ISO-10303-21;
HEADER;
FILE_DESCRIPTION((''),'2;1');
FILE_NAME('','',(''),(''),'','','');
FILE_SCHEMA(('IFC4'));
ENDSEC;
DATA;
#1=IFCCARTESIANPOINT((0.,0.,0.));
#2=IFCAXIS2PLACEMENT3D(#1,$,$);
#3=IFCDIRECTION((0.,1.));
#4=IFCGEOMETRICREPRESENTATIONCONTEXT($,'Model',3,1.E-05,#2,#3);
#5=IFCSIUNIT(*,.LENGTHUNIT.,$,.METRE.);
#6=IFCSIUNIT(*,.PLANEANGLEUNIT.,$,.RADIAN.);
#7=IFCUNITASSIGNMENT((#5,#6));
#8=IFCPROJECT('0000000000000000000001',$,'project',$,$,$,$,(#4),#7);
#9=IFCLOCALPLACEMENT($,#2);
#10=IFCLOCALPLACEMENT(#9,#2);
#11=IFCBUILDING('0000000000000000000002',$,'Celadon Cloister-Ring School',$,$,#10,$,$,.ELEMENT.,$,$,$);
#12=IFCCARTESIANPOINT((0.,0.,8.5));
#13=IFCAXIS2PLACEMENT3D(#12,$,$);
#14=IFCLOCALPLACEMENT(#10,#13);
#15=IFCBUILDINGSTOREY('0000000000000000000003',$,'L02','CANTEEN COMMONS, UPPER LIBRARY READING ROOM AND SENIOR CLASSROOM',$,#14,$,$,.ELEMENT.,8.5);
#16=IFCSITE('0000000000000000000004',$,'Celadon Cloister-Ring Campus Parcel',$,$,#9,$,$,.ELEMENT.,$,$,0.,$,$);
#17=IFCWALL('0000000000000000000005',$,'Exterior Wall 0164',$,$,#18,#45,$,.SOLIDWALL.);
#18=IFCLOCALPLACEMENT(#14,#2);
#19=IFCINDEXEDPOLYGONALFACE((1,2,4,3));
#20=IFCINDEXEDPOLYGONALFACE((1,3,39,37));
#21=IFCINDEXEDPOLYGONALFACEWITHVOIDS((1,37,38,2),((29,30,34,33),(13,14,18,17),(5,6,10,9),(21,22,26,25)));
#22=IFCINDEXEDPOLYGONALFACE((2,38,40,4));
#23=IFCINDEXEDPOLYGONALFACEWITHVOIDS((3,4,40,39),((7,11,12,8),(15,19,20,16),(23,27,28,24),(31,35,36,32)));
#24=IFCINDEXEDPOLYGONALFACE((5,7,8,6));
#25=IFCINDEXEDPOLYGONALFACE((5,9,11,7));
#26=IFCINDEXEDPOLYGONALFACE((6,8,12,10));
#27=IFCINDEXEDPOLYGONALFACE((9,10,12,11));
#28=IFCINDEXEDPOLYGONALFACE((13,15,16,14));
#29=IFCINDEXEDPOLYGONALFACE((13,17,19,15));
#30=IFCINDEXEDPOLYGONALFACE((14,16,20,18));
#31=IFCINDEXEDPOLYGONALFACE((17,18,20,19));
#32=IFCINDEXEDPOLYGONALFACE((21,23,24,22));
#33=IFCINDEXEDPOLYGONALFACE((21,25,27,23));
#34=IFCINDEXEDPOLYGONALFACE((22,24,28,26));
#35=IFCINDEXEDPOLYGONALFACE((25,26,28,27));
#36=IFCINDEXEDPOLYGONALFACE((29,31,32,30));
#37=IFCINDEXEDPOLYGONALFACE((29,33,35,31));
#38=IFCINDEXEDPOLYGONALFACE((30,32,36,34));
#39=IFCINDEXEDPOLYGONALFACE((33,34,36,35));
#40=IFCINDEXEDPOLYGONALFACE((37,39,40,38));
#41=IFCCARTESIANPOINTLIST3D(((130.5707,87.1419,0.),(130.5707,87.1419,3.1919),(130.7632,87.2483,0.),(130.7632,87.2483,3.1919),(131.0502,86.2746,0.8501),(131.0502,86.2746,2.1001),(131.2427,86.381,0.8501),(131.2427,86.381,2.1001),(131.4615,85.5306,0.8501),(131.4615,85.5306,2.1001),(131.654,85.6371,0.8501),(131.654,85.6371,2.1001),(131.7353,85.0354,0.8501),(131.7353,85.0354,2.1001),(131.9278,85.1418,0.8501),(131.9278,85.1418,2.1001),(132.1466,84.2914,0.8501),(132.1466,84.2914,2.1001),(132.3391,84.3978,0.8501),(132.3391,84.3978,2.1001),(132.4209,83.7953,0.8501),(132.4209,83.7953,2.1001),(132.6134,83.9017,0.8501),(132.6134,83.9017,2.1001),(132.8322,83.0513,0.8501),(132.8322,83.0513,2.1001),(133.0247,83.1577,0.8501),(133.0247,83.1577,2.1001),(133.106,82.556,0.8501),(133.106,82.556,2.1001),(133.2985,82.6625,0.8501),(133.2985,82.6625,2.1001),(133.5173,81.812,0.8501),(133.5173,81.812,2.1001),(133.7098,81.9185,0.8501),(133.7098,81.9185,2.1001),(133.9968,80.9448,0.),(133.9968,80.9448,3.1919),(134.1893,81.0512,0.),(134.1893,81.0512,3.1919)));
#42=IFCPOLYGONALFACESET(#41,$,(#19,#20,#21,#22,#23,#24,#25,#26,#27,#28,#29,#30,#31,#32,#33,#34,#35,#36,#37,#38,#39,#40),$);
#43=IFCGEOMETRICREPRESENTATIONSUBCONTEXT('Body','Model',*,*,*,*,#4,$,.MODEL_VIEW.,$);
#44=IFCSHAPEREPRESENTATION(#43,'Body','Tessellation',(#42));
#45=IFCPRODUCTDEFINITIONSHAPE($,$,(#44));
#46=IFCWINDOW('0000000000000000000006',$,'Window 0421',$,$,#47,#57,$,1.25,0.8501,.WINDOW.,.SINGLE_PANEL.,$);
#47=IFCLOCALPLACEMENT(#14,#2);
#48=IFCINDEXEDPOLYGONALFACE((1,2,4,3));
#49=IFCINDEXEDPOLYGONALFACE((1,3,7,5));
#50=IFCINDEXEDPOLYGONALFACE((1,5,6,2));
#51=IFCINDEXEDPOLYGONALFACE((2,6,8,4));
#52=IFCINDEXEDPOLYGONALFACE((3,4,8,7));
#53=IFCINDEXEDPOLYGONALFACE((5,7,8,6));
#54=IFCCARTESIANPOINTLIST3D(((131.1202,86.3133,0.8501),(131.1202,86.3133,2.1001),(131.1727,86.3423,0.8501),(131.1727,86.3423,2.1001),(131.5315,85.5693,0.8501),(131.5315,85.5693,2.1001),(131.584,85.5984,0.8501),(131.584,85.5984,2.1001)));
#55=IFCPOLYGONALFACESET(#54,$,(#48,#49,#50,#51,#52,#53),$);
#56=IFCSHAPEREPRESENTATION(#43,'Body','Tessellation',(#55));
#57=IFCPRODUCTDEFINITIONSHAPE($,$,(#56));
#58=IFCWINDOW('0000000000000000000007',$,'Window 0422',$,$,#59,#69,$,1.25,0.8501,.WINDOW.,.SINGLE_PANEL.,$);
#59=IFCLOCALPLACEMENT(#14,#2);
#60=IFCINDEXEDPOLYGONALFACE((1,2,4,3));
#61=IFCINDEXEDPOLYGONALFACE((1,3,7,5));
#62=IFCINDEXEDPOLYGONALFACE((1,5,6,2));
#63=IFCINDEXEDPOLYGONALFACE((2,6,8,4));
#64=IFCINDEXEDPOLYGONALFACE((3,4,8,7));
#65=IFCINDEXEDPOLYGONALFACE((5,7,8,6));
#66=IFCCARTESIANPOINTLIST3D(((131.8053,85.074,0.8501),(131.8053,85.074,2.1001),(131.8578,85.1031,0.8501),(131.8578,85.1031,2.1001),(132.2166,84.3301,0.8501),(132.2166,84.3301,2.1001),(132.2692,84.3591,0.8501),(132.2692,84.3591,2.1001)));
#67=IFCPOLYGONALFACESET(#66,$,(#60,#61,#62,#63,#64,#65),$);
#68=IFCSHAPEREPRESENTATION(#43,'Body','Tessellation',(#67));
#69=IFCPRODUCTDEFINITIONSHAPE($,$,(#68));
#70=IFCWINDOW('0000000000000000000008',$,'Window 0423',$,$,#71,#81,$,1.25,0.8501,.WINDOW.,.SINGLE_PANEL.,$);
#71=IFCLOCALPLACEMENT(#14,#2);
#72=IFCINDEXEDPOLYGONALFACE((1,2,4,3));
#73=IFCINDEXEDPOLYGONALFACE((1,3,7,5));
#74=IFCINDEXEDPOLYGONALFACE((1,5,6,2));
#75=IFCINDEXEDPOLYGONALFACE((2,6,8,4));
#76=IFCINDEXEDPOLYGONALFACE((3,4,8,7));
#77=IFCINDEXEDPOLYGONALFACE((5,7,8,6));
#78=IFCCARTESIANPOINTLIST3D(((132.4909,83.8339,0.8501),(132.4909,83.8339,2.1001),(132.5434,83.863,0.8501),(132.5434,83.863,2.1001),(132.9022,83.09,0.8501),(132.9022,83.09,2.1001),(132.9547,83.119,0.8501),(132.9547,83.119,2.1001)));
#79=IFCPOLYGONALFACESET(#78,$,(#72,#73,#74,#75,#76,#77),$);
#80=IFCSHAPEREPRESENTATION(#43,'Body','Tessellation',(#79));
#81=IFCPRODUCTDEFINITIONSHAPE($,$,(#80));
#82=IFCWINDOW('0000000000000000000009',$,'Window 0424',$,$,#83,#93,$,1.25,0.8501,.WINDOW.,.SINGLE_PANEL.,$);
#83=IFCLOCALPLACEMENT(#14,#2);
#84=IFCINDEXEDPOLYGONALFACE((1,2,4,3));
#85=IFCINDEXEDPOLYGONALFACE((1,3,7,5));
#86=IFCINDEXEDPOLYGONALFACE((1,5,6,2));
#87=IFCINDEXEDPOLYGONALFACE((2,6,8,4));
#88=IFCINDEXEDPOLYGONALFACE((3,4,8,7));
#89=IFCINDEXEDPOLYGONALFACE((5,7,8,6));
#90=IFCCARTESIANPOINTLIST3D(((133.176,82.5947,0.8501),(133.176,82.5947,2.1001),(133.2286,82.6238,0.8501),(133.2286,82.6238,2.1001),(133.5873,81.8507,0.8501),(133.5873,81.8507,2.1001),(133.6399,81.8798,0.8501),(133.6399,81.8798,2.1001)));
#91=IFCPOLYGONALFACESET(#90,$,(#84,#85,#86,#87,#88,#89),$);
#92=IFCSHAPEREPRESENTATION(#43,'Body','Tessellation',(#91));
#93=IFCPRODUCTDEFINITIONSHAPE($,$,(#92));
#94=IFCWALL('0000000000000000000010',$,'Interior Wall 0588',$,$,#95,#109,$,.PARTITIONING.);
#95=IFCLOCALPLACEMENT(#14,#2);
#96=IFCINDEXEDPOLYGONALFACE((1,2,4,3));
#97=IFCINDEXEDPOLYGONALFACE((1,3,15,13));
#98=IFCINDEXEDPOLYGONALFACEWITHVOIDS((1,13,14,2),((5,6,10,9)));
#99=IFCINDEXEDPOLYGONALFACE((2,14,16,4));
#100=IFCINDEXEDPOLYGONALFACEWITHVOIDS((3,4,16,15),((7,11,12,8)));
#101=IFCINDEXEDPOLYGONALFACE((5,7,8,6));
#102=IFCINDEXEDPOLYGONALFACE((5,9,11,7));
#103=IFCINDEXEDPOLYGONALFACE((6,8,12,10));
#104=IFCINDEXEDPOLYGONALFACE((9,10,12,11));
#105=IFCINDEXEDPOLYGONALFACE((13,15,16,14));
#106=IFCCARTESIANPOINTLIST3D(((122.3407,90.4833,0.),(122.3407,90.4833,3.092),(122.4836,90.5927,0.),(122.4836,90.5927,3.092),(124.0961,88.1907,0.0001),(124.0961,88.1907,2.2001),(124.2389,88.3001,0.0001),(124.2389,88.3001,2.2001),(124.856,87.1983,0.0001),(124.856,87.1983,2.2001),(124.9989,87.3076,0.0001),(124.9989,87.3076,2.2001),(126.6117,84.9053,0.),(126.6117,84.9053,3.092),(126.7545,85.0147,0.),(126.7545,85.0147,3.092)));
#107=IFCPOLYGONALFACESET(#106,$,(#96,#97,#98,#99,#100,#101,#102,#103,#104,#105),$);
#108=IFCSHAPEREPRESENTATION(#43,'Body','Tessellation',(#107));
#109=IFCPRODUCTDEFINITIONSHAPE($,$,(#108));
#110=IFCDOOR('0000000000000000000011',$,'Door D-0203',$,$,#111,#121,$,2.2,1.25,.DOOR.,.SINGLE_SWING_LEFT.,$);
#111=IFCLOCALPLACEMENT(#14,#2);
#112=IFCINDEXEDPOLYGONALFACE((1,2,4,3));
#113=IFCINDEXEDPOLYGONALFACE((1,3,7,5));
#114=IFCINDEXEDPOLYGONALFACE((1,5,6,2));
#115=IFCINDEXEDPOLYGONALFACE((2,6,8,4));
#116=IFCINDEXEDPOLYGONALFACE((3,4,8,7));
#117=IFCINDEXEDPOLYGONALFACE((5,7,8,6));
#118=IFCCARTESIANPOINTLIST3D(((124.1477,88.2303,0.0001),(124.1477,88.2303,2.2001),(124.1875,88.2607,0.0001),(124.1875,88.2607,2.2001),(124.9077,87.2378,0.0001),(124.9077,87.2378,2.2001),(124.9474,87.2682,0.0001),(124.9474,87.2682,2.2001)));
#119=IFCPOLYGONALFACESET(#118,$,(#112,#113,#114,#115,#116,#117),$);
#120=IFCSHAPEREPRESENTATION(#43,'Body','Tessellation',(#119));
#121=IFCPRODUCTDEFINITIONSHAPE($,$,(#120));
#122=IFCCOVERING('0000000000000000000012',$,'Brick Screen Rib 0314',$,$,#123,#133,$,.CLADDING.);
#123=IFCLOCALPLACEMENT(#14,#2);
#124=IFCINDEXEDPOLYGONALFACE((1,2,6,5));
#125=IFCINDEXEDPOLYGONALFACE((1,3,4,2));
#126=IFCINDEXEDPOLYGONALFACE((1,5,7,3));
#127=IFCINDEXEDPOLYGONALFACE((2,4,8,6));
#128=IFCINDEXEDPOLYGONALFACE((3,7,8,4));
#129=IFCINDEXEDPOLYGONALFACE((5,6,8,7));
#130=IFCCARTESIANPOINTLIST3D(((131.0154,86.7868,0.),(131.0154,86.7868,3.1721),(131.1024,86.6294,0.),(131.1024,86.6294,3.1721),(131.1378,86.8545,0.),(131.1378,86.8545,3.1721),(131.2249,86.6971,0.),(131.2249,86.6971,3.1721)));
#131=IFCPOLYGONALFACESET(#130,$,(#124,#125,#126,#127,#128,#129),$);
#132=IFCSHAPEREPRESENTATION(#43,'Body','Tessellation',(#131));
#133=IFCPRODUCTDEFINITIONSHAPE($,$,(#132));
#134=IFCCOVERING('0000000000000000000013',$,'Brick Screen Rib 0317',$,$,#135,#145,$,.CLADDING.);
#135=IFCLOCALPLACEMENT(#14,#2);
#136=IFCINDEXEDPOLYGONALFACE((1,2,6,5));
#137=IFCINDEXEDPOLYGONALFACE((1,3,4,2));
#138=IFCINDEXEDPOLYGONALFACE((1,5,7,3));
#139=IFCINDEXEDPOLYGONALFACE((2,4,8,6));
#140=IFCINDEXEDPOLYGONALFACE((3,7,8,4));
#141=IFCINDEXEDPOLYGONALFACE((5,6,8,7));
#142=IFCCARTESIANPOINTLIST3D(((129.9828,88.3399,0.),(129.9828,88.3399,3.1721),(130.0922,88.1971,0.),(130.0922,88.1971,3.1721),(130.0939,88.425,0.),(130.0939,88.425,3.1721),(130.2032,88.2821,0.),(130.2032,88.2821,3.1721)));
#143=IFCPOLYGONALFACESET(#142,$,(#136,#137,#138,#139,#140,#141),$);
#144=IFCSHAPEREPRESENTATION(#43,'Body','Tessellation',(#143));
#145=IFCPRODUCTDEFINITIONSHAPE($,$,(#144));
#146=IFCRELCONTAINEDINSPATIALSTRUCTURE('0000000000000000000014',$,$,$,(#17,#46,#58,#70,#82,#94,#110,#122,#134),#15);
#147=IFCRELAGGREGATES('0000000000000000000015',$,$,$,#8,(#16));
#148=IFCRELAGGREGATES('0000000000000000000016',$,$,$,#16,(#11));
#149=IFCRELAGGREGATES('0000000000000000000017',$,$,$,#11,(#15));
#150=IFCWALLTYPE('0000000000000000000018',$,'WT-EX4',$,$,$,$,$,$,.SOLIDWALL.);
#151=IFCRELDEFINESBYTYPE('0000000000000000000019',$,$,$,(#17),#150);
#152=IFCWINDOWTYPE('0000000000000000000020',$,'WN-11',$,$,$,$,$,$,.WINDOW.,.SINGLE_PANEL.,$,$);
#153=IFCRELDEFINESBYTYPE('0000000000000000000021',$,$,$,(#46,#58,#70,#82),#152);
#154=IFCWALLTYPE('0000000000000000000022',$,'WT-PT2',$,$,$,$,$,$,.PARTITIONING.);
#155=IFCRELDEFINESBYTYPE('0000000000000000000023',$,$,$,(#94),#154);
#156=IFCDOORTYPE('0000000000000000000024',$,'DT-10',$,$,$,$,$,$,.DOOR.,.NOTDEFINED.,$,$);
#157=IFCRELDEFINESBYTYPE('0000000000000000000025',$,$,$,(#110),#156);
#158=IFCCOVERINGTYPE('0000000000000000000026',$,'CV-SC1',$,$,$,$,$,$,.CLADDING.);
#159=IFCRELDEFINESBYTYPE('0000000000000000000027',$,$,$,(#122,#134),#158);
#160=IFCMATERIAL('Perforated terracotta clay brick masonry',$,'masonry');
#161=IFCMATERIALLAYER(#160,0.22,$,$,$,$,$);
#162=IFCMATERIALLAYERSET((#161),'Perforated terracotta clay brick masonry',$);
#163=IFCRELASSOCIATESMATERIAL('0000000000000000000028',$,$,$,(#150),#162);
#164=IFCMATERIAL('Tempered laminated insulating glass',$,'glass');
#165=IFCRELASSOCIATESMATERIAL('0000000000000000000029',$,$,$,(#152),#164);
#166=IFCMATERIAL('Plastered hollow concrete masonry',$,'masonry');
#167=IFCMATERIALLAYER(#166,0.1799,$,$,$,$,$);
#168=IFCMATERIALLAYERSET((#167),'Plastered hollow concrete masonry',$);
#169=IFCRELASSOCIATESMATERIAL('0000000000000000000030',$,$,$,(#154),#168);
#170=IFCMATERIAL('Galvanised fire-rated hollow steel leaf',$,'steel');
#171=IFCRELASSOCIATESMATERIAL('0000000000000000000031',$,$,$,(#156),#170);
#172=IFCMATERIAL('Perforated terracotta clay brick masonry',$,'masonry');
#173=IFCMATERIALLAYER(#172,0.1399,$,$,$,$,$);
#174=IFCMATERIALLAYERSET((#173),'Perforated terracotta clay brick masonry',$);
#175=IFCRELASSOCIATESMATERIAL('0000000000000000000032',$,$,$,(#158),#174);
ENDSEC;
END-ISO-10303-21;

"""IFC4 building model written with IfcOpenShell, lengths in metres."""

from ifc_helpers import new_model, si_unit, direction, frame, frame_2d, origin, origin_2d, place, context, subcontext, project, spatial, rectangle, extrude, material, layer, layer_set, type_object, element, fill, save


model = new_model("IFC4")

# Units and contexts
model_context = context("Model", 3, precision=1e-05, world=origin(), true_north=direction((0.0, 1.0)))
body_context = subcontext(model_context, "Body", "Model", "MODEL_VIEW")
ifc_project = project(units=[si_unit("LENGTHUNIT", "METRE"), si_unit("PLANEANGLEUNIT", "RADIAN")], contexts=[model_context])

# Site, building, storey
site_placement = place(None, origin())
site = spatial("IfcSite", under=ifc_project, at=site_placement, Name="Celadon Cloister-Ring Campus Parcel", CompositionType="ELEMENT", RefElevation=0.0)
building_placement = place(site_placement, origin())
building = spatial("IfcBuilding", under=site, at=building_placement, Name="Celadon Cloister-Ring School", CompositionType="ELEMENT")
storey_placement = place(building_placement, frame((0.0, 0.0, 8.5)))
storey = spatial("IfcBuildingStorey", under=building, at=storey_placement, Name="L02", Description="CANTEEN COMMONS, UPPER LIBRARY READING ROOM AND SENIOR CLASSROOM", CompositionType="ELEMENT", Elevation=8.5)

# Wall, openings, windows
ifc_material_1 = material(Name="Perforated terracotta clay brick masonry", Category="masonry")
ifc_layer_1 = layer(ifc_material_1, 0.22)
ifc_layer_set_1 = layer_set([ifc_layer_1], Name="Perforated terracotta clay brick masonry")
wall_type_1 = type_object("IfcWallType", Name="WT-EX4", PredefinedType="SOLIDWALL", material=ifc_layer_set_1)
wall_1_placement = place(storey_placement, frame((130.667, 87.1951, 0.0), z_axis=(0.0, 0.0, 1.0), x_axis=(0.483833, -0.87516, 0.0)))
wall_1 = element("IfcWall", 1, at=wall_1_placement, inside=storey, type_object=wall_type_1, Name="Exterior Wall 0164", PredefinedType="SOLIDWALL", context=body_context, shape_type="SweptSolid", body=[
    extrude(rectangle(XDim=7.0811, YDim=0.22, at=frame_2d((3.5405, 0.0))), origin(), (0.0, 0.0, 1.0), 3.1919),
])
opening_1_placement = place(wall_1_placement, frame((0.991, 0.0, 0.8501)))
opening_1 = element("IfcOpeningElement", 2, at=opening_1_placement, cuts=wall_1, PredefinedType="OPENING", context=body_context, shape_type="SweptSolid", body=[
    extrude(rectangle(XDim=0.8501, YDim=1.25, at=frame_2d((0.425, 0.625))), frame((0.0, 0.1201, 0.0), z_axis=(0.0, -1.0, 0.0), x_axis=(1.0, 0.0, 0.0)), (0.0, 0.0, 1.0), 0.24),
])
opening_2_placement = place(wall_1_placement, frame((2.407, 0.0, 0.8501)))
opening_2 = element("IfcOpeningElement", 3, at=opening_2_placement, cuts=wall_1, PredefinedType="OPENING", context=body_context, shape_type="SweptSolid", body=[
    extrude(rectangle(XDim=0.8501, YDim=1.25, at=frame_2d((0.425, 0.625))), frame((0.0, 0.1201, 0.0), z_axis=(0.0, -1.0, 0.0), x_axis=(1.0, 0.0, 0.0)), (0.0, 0.0, 1.0), 0.24),
])
opening_3_placement = place(wall_1_placement, frame((3.824, 0.0, 0.8501)))
opening_3 = element("IfcOpeningElement", 4, at=opening_3_placement, cuts=wall_1, PredefinedType="OPENING", context=body_context, shape_type="SweptSolid", body=[
    extrude(rectangle(XDim=0.8501, YDim=1.25, at=frame_2d((0.425, 0.625))), frame((0.0, 0.1201, 0.0), z_axis=(0.0, -1.0, 0.0), x_axis=(1.0, 0.0, 0.0)), (0.0, 0.0, 1.0), 0.24),
])
opening_4_placement = place(wall_1_placement, frame((5.24, 0.0, 0.8501)))
opening_4 = element("IfcOpeningElement", 5, at=opening_4_placement, cuts=wall_1, PredefinedType="OPENING", context=body_context, shape_type="SweptSolid", body=[
    extrude(rectangle(XDim=0.8501, YDim=1.25, at=frame_2d((0.425, 0.625))), frame((0.0, 0.1201, 0.0), z_axis=(0.0, -1.0, 0.0), x_axis=(1.0, 0.0, 0.0)), (0.0, 0.0, 1.0), 0.24),
])
ifc_material_2 = material(Name="Tempered laminated insulating glass", Category="glass")
window_type_1 = type_object("IfcWindowType", Name="WN-11", PartitioningType="SINGLE_PANEL", PredefinedType="WINDOW", material=ifc_material_2)
window_1_placement = place(opening_1_placement, origin())
window_1 = element("IfcWindow", 6, at=window_1_placement, inside=storey, type_object=window_type_1, Name="Window 0421", OverallHeight=1.25, OverallWidth=0.8501, PartitioningType="SINGLE_PANEL", PredefinedType="WINDOW", context=body_context, shape_type="SweptSolid", body=[
    extrude(rectangle(XDim=0.8501, YDim=1.25, at=frame_2d((0.425, 0.625))), frame((0.0, 0.03, 0.0), z_axis=(0.0, -1.0, 0.0), x_axis=(1.0, 0.0, 0.0)), (0.0, 0.0, 1.0), 0.0601),
])
fill(opening_1, window_1)
window_2_placement = place(opening_2_placement, origin())
window_2 = element("IfcWindow", 7, at=window_2_placement, inside=storey, type_object=window_type_1, Name="Window 0422", OverallHeight=1.25, OverallWidth=0.8501, PartitioningType="SINGLE_PANEL", PredefinedType="WINDOW", context=body_context, shape_type="SweptSolid", body=[
    extrude(rectangle(XDim=0.8501, YDim=1.25, at=frame_2d((0.425, 0.625))), frame((0.0, 0.03, 0.0), z_axis=(0.0, -1.0, 0.0), x_axis=(1.0, 0.0, 0.0)), (0.0, 0.0, 1.0), 0.0601),
])
fill(opening_2, window_2)
window_3_placement = place(opening_3_placement, origin())
window_3 = element("IfcWindow", 8, at=window_3_placement, inside=storey, type_object=window_type_1, Name="Window 0423", OverallHeight=1.25, OverallWidth=0.8501, PartitioningType="SINGLE_PANEL", PredefinedType="WINDOW", context=body_context, shape_type="SweptSolid", body=[
    extrude(rectangle(XDim=0.8501, YDim=1.25, at=frame_2d((0.425, 0.625))), frame((0.0, 0.03, 0.0), z_axis=(0.0, -1.0, 0.0), x_axis=(1.0, 0.0, 0.0)), (0.0, 0.0, 1.0), 0.0601),
])
fill(opening_3, window_3)
window_4_placement = place(opening_4_placement, origin())
window_4 = element("IfcWindow", 9, at=window_4_placement, inside=storey, type_object=window_type_1, Name="Window 0424", OverallHeight=1.25, OverallWidth=0.8501, PartitioningType="SINGLE_PANEL", PredefinedType="WINDOW", context=body_context, shape_type="SweptSolid", body=[
    extrude(rectangle(XDim=0.8501, YDim=1.25, at=frame_2d((0.425, 0.625))), frame((0.0, 0.03, 0.0), z_axis=(0.0, -1.0, 0.0), x_axis=(1.0, 0.0, 0.0)), (0.0, 0.0, 1.0), 0.0601),
])
fill(opening_4, window_4)

# Wall, opening, door
ifc_material_3 = material(Name="Plastered hollow concrete masonry", Category="masonry")
ifc_layer_2 = layer(ifc_material_3, 0.1799)
ifc_layer_set_2 = layer_set([ifc_layer_2], Name="Plastered hollow concrete masonry")
wall_type_2 = type_object("IfcWallType", Name="WT-PT2", PredefinedType="PARTITIONING", material=ifc_layer_set_2)
wall_2_placement = place(storey_placement, frame((126.6831, 84.96, 0.0), z_axis=(0.0, 0.0, 1.0), x_axis=(-0.607932, 0.793989, 0.0)))
wall_2 = element("IfcWall", 10, at=wall_2_placement, inside=storey, type_object=wall_type_2, Name="Interior Wall 0588", PredefinedType="PARTITIONING", context=body_context, shape_type="SweptSolid", body=[
    extrude(rectangle(XDim=7.0254, YDim=0.1799, at=frame_2d((3.5127, 0.0))), origin(), (0.0, 0.0, 1.0), 3.092),
])
opening_5_placement = place(wall_2_placement, frame((2.8879, 0.0, 0.0)))
opening_5 = element("IfcOpeningElement", 11, at=opening_5_placement, cuts=wall_2, PredefinedType="OPENING", context=body_context, shape_type="SweptSolid", body=[
    extrude(rectangle(XDim=1.25, YDim=2.2, at=frame_2d((0.625, 1.1001))), frame((0.0, 0.1001, 0.0), z_axis=(0.0, -1.0, 0.0), x_axis=(1.0, 0.0, 0.0)), (0.0, 0.0, 1.0), 0.2),
])
ifc_material_4 = material(Name="Galvanised fire-rated hollow steel leaf", Category="steel")
door_type = type_object("IfcDoorType", Name="DT-10", OperationType="NOTDEFINED", PredefinedType="DOOR", material=ifc_material_4)
door_placement = place(opening_5_placement, origin())
door = element("IfcDoor", 12, at=door_placement, inside=storey, type_object=door_type, Name="Door D-0203", OperationType="SINGLE_SWING_LEFT", OverallHeight=2.2, OverallWidth=1.25, PredefinedType="DOOR", context=body_context, shape_type="SweptSolid", body=[
    extrude(rectangle(XDim=1.25, YDim=2.2, at=frame_2d((0.625, 1.1001))), frame((0.0, 0.0249, 0.0), z_axis=(0.0, -1.0, 0.0), x_axis=(1.0, 0.0, 0.0)), (0.0, 0.0, 1.0), 0.05),
])
fill(opening_5, door)

# Coverings
ifc_material_5 = material(Name="Perforated terracotta clay brick masonry", Category="masonry")
ifc_layer_3 = layer(ifc_material_5, 0.1399)
ifc_layer_set_3 = layer_set([ifc_layer_3], Name="Perforated terracotta clay brick masonry")
covering_type = type_object("IfcCoveringType", Name="CV-SC1", PredefinedType="CLADDING", material=ifc_layer_set_3)
for number, where, z_axis, x_axis, name in (
    (13, (131.1201, 86.7419, 0.0), (0.0, 0.0, 1.0), (0.483832, -0.875161, 0.0), "Brick Screen Rib 0314"),
    (14, (130.093, 88.311, 0.0), (0.0, 0.0, 1.0), (0.607986, -0.793948, 0.0), "Brick Screen Rib 0317"),
):
    element("IfcCovering", number, at=place(storey_placement, frame(where, z_axis=z_axis, x_axis=x_axis)), inside=storey, type_object=covering_type, Name=name, PredefinedType="CLADDING", context=body_context, shape_type="SweptSolid", body=[
        extrude(rectangle(XDim=0.1799, YDim=0.1399, at=origin_2d()), origin(), (0.0, 0.0, 1.0), 3.1721),
    ])

save(model, "model.ifc")
